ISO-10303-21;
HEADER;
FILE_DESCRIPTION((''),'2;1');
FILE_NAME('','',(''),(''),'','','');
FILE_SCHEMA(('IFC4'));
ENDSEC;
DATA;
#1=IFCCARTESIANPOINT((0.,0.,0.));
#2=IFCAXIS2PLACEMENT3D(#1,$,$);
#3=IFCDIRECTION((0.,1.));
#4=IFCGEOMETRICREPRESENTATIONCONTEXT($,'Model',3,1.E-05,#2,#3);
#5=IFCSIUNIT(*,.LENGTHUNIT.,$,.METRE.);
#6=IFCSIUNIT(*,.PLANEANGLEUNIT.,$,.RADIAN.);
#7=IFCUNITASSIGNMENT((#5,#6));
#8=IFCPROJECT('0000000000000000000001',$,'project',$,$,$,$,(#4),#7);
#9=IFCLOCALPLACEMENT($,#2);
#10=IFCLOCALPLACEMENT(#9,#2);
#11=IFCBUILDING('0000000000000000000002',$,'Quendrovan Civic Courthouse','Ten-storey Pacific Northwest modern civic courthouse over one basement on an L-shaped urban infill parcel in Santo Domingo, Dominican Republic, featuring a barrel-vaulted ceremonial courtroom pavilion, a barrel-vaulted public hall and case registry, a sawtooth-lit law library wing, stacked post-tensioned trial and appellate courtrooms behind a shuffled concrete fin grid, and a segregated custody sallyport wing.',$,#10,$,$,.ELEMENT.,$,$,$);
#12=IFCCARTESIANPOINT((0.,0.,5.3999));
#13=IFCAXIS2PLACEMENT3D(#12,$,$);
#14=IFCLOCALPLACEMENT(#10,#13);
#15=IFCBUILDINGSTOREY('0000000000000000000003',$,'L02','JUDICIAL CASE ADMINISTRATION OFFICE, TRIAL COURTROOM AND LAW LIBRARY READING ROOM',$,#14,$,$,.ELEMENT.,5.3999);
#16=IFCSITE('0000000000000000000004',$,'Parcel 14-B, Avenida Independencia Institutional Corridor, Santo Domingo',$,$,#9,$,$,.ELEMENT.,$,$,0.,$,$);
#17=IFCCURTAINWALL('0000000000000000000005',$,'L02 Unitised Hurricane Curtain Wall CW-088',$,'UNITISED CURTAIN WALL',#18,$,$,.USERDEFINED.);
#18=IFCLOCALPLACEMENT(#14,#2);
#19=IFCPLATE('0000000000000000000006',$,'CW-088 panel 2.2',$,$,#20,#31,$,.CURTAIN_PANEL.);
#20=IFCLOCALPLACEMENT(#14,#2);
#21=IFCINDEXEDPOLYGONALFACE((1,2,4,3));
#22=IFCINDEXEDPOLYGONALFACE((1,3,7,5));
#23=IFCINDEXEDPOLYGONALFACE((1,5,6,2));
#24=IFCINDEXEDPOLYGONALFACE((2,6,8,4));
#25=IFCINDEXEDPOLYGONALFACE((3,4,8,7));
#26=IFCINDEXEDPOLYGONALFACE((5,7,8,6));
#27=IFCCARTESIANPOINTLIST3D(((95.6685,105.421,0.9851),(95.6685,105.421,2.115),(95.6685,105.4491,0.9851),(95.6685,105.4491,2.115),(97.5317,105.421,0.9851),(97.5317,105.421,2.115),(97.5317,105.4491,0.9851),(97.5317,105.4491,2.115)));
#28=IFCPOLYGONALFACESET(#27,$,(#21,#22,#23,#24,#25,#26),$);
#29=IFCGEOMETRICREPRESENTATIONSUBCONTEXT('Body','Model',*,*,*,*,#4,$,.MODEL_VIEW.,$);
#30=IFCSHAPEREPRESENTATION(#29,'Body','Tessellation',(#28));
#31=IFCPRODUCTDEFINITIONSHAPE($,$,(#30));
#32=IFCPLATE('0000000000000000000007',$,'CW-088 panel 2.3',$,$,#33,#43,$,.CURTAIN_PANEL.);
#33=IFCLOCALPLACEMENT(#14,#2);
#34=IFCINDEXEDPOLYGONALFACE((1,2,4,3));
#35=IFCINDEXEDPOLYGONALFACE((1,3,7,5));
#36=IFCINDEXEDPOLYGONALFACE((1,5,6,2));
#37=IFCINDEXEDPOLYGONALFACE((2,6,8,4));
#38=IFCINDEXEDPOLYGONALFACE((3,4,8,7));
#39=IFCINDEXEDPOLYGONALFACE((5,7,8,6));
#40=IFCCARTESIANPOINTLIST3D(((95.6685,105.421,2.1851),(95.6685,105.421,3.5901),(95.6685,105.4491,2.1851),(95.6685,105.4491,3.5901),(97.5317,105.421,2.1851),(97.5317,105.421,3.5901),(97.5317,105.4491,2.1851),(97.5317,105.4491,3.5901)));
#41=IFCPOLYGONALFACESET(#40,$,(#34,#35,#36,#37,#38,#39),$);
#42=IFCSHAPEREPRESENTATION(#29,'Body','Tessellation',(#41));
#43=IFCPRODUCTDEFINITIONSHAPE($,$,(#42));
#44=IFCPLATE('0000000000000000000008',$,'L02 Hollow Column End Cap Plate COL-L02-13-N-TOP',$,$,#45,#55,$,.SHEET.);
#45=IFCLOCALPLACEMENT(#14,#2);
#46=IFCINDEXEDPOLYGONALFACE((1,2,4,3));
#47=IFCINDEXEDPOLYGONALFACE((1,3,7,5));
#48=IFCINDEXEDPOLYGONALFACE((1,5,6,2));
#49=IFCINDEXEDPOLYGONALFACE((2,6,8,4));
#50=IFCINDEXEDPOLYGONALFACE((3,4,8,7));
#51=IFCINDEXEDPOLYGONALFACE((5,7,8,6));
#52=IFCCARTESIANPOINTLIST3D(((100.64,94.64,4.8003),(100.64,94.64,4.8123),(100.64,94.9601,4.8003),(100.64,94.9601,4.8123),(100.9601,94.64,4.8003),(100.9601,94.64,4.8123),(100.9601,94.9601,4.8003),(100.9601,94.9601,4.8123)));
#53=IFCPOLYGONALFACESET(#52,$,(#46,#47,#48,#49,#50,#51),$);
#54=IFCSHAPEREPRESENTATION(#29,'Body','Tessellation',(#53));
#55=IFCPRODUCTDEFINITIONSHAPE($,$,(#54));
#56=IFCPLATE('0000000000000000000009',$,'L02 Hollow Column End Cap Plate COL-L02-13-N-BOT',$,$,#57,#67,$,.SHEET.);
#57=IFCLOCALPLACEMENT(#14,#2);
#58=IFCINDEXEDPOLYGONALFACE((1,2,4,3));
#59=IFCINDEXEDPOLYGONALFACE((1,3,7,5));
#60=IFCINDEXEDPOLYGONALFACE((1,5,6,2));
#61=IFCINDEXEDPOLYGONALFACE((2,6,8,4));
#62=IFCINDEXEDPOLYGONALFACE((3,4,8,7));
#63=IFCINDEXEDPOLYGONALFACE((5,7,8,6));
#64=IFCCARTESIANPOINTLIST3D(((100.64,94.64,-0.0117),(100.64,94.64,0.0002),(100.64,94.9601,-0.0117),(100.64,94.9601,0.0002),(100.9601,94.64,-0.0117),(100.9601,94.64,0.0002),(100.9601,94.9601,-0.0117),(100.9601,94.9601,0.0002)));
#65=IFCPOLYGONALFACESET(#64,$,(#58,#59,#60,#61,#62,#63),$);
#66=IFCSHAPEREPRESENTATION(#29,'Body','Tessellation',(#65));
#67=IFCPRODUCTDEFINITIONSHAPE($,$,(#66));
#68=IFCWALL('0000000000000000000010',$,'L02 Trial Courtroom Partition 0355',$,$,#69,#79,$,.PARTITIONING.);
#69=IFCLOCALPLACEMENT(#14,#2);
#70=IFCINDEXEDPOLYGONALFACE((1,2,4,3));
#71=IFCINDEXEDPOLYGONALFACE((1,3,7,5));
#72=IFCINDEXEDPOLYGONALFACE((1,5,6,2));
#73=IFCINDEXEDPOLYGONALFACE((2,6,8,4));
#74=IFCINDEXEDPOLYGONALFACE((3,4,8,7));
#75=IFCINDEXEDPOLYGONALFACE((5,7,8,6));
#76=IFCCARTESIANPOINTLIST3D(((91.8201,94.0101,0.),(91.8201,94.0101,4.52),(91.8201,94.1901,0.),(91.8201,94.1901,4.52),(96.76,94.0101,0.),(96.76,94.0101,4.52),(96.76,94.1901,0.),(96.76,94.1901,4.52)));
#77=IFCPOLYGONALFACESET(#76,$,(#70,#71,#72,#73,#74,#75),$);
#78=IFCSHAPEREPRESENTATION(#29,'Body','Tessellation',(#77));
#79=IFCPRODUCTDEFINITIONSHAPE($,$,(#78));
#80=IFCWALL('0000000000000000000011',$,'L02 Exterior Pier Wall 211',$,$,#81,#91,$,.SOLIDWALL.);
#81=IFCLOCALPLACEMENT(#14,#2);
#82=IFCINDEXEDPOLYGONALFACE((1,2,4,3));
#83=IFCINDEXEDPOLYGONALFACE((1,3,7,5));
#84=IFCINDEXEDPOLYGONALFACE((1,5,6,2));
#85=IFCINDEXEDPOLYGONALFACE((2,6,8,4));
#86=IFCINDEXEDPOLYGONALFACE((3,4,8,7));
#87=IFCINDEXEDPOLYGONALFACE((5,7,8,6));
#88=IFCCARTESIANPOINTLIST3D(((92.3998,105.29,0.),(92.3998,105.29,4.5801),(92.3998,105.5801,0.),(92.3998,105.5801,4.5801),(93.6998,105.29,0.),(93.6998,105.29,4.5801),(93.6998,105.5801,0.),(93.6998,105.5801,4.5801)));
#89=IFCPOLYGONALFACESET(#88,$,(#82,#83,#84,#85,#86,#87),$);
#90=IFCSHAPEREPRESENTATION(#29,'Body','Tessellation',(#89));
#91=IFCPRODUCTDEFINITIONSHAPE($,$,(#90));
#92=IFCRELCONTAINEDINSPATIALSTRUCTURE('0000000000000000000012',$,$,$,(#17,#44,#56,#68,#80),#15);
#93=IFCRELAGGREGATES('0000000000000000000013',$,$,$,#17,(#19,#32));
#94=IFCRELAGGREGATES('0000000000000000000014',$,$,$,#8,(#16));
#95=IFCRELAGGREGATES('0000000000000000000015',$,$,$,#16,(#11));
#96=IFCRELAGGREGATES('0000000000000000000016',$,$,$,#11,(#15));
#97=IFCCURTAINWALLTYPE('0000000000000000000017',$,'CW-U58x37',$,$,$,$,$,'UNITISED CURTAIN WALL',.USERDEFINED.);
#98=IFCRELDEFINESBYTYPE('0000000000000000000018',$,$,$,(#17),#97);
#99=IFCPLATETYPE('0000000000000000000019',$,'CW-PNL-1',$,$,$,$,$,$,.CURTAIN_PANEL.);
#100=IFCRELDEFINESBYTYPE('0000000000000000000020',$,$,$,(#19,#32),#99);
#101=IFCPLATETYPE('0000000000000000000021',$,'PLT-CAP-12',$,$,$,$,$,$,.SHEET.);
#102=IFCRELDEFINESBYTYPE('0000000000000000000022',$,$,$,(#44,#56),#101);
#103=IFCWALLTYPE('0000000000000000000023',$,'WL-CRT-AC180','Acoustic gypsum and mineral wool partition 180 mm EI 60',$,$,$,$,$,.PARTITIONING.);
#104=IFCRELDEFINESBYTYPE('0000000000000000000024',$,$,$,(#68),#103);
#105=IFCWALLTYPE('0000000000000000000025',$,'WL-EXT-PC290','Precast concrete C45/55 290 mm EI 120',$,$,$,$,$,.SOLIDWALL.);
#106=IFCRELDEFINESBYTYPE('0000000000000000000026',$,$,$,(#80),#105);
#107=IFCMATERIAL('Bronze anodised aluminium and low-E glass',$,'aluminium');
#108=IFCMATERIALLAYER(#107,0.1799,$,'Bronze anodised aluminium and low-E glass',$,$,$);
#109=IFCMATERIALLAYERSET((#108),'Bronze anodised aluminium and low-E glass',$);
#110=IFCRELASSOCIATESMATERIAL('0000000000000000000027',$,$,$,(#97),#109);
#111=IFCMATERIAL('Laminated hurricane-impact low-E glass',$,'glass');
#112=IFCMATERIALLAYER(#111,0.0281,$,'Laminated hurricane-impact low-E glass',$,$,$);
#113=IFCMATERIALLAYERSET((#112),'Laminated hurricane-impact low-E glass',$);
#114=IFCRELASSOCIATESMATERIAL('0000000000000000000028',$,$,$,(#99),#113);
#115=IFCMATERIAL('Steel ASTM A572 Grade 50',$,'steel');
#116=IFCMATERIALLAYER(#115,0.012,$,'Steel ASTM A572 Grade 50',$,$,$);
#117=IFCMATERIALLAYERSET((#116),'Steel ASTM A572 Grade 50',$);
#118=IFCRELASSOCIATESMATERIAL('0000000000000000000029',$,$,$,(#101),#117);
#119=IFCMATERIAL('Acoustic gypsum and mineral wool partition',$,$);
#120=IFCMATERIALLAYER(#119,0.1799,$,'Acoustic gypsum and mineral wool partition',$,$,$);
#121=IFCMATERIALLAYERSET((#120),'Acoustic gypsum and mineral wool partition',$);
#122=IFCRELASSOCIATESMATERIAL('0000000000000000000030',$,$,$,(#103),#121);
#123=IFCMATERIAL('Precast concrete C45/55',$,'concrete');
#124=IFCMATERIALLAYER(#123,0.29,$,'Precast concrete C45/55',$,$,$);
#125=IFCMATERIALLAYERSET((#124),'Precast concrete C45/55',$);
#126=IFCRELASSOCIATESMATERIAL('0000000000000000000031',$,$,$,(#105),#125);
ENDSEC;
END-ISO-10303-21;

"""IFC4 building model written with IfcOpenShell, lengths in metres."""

from ifc_helpers import new_model, si_unit, direction, frame, frame_2d, origin, origin_2d, place, context, subcontext, project, spatial, rectangle, extrude, material, layer, layer_set, type_object, element, aggregate, save


model = new_model("IFC4")

# Units and contexts
model_context = context("Model", 3, precision=1e-05, world=origin(), true_north=direction((0.0, 1.0)))
body_context = subcontext(model_context, "Body", "Model", "MODEL_VIEW")
ifc_project = project(units=[si_unit("LENGTHUNIT", "METRE"), si_unit("PLANEANGLEUNIT", "RADIAN")], contexts=[model_context])

# Site, building, storey
site_placement = place(None, origin())
site = spatial("IfcSite", under=ifc_project, at=site_placement, Name="Parcel 14-B, Avenida Independencia Institutional Corridor, Santo Domingo", CompositionType="ELEMENT", RefElevation=0.0)
building_placement = place(site_placement, origin())
building = spatial("IfcBuilding", under=site, at=building_placement, Name="Quendrovan Civic Courthouse", Description="Ten-storey Pacific Northwest modern civic courthouse over one basement on an L-shaped urban infill parcel in Santo Domingo, Dominican Republic, featuring a barrel-vaulted ceremonial courtroom pavilion, a barrel-vaulted public hall and case registry, a sawtooth-lit law library wing, stacked post-tensioned trial and appellate courtrooms behind a shuffled concrete fin grid, and a segregated custody sallyport wing.", CompositionType="ELEMENT")
storey_placement = place(building_placement, frame((0.0, 0.0, 5.3999)))
storey = spatial("IfcBuildingStorey", under=building, at=storey_placement, Name="L02", Description="JUDICIAL CASE ADMINISTRATION OFFICE, TRIAL COURTROOM AND LAW LIBRARY READING ROOM", CompositionType="ELEMENT", Elevation=5.3999)

# Shared definitions
ifc_material_1 = material(Name="Precast concrete C45/55", Category="concrete")

# Curtain wall, plates
ifc_material_2 = material(Name="Bronze anodised aluminium and low-E glass", Category="aluminium")
ifc_layer_1 = layer(ifc_material_2, 0.1799, Name="Bronze anodised aluminium and low-E glass")
ifc_layer_set_1 = layer_set([ifc_layer_1], Name="Bronze anodised aluminium and low-E glass")
curtain_wall_type = type_object("IfcCurtainWallType", Name="CW-U58x37", ElementType="UNITISED CURTAIN WALL", PredefinedType="USERDEFINED", material=ifc_layer_set_1)
curtain_wall_placement = place(storey_placement, origin())
curtain_wall = element("IfcCurtainWall", 1, at=curtain_wall_placement, inside=storey, type_object=curtain_wall_type, Name="L02 Unitised Hurricane Curtain Wall CW-088", ObjectType="UNITISED CURTAIN WALL", PredefinedType="USERDEFINED")
ifc_material_3 = material(Name="Laminated hurricane-impact low-E glass", Category="glass")
ifc_layer_2 = layer(ifc_material_3, 0.0281, Name="Laminated hurricane-impact low-E glass")
ifc_layer_set_2 = layer_set([ifc_layer_2], Name="Laminated hurricane-impact low-E glass")
plate_type_1 = type_object("IfcPlateType", Name="CW-PNL-1", PredefinedType="CURTAIN_PANEL", material=ifc_layer_set_2)
plate_1_placement = place(storey_placement, frame((96.6001, 105.4351, 0.9851), z_axis=(0.0, 0.0, 1.0), x_axis=(1.0, 0.0, 0.0)))
plate_1 = element("IfcPlate", 2, at=plate_1_placement, type_object=plate_type_1, Name="CW-088 panel 2.2", PredefinedType="CURTAIN_PANEL", context=body_context, shape_type="SweptSolid", body=[
    extrude(rectangle(XDim=1.8633, YDim=0.0281, at=origin_2d()), origin(), (0.0, 0.0, 1.0), 1.1299),
])
plate_2_placement = place(storey_placement, frame((96.6001, 105.4351, 2.1851), z_axis=(0.0, 0.0, 1.0), x_axis=(1.0, 0.0, 0.0)))
plate_2 = element("IfcPlate", 3, at=plate_2_placement, type_object=plate_type_1, Name="CW-088 panel 2.3", PredefinedType="CURTAIN_PANEL", context=body_context, shape_type="SweptSolid", body=[
    extrude(rectangle(XDim=1.8633, YDim=0.0281, at=origin_2d()), origin(), (0.0, 0.0, 1.0), 1.405),
])
aggregate(curtain_wall, [plate_1, plate_2])

# Plates
ifc_material_4 = material(Name="Steel ASTM A572 Grade 50", Category="steel")
ifc_layer_3 = layer(ifc_material_4, 0.012, Name="Steel ASTM A572 Grade 50")
ifc_layer_set_3 = layer_set([ifc_layer_3], Name="Steel ASTM A572 Grade 50")
plate_type_2 = type_object("IfcPlateType", Name="PLT-CAP-12", PredefinedType="SHEET", material=ifc_layer_set_3)
for number, where, z_axis, x_axis, name in (
    (4, (100.8, 94.8, 4.8003), (0.0, 0.0, 1.0), (1.0, 0.0, 0.0), "L02 Hollow Column End Cap Plate COL-L02-13-N-TOP"),
    (5, (100.8, 94.8, -0.0117), (0.0, 0.0, 1.0), (1.0, 0.0, 0.0), "L02 Hollow Column End Cap Plate COL-L02-13-N-BOT"),
):
    element("IfcPlate", number, at=place(storey_placement, frame(where, z_axis=z_axis, x_axis=x_axis)), inside=storey, type_object=plate_type_2, Name=name, PredefinedType="SHEET", context=body_context, shape_type="SweptSolid", body=[
        extrude(rectangle(XDim=0.3201, YDim=0.3201, at=origin_2d()), origin(), (0.0, 0.0, 1.0), 0.012),
    ])

# Walls
ifc_material_5 = material(Name="Acoustic gypsum and mineral wool partition")
ifc_layer_4 = layer(ifc_material_5, 0.1799, Name="Acoustic gypsum and mineral wool partition")
ifc_layer_set_4 = layer_set([ifc_layer_4], Name="Acoustic gypsum and mineral wool partition")
wall_type_1 = type_object("IfcWallType", Name="WL-CRT-AC180", Description="Acoustic gypsum and mineral wool partition 180 mm EI 60", PredefinedType="PARTITIONING", material=ifc_layer_set_4)
wall_1_placement = place(storey_placement, frame((96.76, 94.1001, 0.0), z_axis=(0.0, 0.0, 1.0), x_axis=(-1.0, 0.0, 0.0)))
element("IfcWall", 6, at=wall_1_placement, inside=storey, type_object=wall_type_1, Name="L02 Trial Courtroom Partition 0355", PredefinedType="PARTITIONING", context=body_context, shape_type="SweptSolid", body=[
    extrude(rectangle(XDim=4.9399, YDim=0.1799, at=frame_2d((2.47, 0.0))), origin(), (0.0, 0.0, 1.0), 4.52),
])
ifc_layer_5 = layer(ifc_material_1, 0.29, Name="Precast concrete C45/55")
ifc_layer_set_5 = layer_set([ifc_layer_5], Name="Precast concrete C45/55")
wall_type_2 = type_object("IfcWallType", Name="WL-EXT-PC290", Description="Precast concrete C45/55 290 mm EI 120", PredefinedType="SOLIDWALL", material=ifc_layer_set_5)
wall_2_placement = place(storey_placement, frame((92.3999, 105.4351, 0.0), z_axis=(0.0, 0.0, 1.0), x_axis=(1.0, 0.0, 0.0)))
element("IfcWall", 7, at=wall_2_placement, inside=storey, type_object=wall_type_2, Name="L02 Exterior Pier Wall 211", PredefinedType="SOLIDWALL", context=body_context, shape_type="SweptSolid", body=[
    extrude(rectangle(XDim=1.3, YDim=0.29, at=frame_2d((0.6499, 0.0))), origin(), (0.0, 0.0, 1.0), 4.5801),
])

save(model, "model.ifc")
